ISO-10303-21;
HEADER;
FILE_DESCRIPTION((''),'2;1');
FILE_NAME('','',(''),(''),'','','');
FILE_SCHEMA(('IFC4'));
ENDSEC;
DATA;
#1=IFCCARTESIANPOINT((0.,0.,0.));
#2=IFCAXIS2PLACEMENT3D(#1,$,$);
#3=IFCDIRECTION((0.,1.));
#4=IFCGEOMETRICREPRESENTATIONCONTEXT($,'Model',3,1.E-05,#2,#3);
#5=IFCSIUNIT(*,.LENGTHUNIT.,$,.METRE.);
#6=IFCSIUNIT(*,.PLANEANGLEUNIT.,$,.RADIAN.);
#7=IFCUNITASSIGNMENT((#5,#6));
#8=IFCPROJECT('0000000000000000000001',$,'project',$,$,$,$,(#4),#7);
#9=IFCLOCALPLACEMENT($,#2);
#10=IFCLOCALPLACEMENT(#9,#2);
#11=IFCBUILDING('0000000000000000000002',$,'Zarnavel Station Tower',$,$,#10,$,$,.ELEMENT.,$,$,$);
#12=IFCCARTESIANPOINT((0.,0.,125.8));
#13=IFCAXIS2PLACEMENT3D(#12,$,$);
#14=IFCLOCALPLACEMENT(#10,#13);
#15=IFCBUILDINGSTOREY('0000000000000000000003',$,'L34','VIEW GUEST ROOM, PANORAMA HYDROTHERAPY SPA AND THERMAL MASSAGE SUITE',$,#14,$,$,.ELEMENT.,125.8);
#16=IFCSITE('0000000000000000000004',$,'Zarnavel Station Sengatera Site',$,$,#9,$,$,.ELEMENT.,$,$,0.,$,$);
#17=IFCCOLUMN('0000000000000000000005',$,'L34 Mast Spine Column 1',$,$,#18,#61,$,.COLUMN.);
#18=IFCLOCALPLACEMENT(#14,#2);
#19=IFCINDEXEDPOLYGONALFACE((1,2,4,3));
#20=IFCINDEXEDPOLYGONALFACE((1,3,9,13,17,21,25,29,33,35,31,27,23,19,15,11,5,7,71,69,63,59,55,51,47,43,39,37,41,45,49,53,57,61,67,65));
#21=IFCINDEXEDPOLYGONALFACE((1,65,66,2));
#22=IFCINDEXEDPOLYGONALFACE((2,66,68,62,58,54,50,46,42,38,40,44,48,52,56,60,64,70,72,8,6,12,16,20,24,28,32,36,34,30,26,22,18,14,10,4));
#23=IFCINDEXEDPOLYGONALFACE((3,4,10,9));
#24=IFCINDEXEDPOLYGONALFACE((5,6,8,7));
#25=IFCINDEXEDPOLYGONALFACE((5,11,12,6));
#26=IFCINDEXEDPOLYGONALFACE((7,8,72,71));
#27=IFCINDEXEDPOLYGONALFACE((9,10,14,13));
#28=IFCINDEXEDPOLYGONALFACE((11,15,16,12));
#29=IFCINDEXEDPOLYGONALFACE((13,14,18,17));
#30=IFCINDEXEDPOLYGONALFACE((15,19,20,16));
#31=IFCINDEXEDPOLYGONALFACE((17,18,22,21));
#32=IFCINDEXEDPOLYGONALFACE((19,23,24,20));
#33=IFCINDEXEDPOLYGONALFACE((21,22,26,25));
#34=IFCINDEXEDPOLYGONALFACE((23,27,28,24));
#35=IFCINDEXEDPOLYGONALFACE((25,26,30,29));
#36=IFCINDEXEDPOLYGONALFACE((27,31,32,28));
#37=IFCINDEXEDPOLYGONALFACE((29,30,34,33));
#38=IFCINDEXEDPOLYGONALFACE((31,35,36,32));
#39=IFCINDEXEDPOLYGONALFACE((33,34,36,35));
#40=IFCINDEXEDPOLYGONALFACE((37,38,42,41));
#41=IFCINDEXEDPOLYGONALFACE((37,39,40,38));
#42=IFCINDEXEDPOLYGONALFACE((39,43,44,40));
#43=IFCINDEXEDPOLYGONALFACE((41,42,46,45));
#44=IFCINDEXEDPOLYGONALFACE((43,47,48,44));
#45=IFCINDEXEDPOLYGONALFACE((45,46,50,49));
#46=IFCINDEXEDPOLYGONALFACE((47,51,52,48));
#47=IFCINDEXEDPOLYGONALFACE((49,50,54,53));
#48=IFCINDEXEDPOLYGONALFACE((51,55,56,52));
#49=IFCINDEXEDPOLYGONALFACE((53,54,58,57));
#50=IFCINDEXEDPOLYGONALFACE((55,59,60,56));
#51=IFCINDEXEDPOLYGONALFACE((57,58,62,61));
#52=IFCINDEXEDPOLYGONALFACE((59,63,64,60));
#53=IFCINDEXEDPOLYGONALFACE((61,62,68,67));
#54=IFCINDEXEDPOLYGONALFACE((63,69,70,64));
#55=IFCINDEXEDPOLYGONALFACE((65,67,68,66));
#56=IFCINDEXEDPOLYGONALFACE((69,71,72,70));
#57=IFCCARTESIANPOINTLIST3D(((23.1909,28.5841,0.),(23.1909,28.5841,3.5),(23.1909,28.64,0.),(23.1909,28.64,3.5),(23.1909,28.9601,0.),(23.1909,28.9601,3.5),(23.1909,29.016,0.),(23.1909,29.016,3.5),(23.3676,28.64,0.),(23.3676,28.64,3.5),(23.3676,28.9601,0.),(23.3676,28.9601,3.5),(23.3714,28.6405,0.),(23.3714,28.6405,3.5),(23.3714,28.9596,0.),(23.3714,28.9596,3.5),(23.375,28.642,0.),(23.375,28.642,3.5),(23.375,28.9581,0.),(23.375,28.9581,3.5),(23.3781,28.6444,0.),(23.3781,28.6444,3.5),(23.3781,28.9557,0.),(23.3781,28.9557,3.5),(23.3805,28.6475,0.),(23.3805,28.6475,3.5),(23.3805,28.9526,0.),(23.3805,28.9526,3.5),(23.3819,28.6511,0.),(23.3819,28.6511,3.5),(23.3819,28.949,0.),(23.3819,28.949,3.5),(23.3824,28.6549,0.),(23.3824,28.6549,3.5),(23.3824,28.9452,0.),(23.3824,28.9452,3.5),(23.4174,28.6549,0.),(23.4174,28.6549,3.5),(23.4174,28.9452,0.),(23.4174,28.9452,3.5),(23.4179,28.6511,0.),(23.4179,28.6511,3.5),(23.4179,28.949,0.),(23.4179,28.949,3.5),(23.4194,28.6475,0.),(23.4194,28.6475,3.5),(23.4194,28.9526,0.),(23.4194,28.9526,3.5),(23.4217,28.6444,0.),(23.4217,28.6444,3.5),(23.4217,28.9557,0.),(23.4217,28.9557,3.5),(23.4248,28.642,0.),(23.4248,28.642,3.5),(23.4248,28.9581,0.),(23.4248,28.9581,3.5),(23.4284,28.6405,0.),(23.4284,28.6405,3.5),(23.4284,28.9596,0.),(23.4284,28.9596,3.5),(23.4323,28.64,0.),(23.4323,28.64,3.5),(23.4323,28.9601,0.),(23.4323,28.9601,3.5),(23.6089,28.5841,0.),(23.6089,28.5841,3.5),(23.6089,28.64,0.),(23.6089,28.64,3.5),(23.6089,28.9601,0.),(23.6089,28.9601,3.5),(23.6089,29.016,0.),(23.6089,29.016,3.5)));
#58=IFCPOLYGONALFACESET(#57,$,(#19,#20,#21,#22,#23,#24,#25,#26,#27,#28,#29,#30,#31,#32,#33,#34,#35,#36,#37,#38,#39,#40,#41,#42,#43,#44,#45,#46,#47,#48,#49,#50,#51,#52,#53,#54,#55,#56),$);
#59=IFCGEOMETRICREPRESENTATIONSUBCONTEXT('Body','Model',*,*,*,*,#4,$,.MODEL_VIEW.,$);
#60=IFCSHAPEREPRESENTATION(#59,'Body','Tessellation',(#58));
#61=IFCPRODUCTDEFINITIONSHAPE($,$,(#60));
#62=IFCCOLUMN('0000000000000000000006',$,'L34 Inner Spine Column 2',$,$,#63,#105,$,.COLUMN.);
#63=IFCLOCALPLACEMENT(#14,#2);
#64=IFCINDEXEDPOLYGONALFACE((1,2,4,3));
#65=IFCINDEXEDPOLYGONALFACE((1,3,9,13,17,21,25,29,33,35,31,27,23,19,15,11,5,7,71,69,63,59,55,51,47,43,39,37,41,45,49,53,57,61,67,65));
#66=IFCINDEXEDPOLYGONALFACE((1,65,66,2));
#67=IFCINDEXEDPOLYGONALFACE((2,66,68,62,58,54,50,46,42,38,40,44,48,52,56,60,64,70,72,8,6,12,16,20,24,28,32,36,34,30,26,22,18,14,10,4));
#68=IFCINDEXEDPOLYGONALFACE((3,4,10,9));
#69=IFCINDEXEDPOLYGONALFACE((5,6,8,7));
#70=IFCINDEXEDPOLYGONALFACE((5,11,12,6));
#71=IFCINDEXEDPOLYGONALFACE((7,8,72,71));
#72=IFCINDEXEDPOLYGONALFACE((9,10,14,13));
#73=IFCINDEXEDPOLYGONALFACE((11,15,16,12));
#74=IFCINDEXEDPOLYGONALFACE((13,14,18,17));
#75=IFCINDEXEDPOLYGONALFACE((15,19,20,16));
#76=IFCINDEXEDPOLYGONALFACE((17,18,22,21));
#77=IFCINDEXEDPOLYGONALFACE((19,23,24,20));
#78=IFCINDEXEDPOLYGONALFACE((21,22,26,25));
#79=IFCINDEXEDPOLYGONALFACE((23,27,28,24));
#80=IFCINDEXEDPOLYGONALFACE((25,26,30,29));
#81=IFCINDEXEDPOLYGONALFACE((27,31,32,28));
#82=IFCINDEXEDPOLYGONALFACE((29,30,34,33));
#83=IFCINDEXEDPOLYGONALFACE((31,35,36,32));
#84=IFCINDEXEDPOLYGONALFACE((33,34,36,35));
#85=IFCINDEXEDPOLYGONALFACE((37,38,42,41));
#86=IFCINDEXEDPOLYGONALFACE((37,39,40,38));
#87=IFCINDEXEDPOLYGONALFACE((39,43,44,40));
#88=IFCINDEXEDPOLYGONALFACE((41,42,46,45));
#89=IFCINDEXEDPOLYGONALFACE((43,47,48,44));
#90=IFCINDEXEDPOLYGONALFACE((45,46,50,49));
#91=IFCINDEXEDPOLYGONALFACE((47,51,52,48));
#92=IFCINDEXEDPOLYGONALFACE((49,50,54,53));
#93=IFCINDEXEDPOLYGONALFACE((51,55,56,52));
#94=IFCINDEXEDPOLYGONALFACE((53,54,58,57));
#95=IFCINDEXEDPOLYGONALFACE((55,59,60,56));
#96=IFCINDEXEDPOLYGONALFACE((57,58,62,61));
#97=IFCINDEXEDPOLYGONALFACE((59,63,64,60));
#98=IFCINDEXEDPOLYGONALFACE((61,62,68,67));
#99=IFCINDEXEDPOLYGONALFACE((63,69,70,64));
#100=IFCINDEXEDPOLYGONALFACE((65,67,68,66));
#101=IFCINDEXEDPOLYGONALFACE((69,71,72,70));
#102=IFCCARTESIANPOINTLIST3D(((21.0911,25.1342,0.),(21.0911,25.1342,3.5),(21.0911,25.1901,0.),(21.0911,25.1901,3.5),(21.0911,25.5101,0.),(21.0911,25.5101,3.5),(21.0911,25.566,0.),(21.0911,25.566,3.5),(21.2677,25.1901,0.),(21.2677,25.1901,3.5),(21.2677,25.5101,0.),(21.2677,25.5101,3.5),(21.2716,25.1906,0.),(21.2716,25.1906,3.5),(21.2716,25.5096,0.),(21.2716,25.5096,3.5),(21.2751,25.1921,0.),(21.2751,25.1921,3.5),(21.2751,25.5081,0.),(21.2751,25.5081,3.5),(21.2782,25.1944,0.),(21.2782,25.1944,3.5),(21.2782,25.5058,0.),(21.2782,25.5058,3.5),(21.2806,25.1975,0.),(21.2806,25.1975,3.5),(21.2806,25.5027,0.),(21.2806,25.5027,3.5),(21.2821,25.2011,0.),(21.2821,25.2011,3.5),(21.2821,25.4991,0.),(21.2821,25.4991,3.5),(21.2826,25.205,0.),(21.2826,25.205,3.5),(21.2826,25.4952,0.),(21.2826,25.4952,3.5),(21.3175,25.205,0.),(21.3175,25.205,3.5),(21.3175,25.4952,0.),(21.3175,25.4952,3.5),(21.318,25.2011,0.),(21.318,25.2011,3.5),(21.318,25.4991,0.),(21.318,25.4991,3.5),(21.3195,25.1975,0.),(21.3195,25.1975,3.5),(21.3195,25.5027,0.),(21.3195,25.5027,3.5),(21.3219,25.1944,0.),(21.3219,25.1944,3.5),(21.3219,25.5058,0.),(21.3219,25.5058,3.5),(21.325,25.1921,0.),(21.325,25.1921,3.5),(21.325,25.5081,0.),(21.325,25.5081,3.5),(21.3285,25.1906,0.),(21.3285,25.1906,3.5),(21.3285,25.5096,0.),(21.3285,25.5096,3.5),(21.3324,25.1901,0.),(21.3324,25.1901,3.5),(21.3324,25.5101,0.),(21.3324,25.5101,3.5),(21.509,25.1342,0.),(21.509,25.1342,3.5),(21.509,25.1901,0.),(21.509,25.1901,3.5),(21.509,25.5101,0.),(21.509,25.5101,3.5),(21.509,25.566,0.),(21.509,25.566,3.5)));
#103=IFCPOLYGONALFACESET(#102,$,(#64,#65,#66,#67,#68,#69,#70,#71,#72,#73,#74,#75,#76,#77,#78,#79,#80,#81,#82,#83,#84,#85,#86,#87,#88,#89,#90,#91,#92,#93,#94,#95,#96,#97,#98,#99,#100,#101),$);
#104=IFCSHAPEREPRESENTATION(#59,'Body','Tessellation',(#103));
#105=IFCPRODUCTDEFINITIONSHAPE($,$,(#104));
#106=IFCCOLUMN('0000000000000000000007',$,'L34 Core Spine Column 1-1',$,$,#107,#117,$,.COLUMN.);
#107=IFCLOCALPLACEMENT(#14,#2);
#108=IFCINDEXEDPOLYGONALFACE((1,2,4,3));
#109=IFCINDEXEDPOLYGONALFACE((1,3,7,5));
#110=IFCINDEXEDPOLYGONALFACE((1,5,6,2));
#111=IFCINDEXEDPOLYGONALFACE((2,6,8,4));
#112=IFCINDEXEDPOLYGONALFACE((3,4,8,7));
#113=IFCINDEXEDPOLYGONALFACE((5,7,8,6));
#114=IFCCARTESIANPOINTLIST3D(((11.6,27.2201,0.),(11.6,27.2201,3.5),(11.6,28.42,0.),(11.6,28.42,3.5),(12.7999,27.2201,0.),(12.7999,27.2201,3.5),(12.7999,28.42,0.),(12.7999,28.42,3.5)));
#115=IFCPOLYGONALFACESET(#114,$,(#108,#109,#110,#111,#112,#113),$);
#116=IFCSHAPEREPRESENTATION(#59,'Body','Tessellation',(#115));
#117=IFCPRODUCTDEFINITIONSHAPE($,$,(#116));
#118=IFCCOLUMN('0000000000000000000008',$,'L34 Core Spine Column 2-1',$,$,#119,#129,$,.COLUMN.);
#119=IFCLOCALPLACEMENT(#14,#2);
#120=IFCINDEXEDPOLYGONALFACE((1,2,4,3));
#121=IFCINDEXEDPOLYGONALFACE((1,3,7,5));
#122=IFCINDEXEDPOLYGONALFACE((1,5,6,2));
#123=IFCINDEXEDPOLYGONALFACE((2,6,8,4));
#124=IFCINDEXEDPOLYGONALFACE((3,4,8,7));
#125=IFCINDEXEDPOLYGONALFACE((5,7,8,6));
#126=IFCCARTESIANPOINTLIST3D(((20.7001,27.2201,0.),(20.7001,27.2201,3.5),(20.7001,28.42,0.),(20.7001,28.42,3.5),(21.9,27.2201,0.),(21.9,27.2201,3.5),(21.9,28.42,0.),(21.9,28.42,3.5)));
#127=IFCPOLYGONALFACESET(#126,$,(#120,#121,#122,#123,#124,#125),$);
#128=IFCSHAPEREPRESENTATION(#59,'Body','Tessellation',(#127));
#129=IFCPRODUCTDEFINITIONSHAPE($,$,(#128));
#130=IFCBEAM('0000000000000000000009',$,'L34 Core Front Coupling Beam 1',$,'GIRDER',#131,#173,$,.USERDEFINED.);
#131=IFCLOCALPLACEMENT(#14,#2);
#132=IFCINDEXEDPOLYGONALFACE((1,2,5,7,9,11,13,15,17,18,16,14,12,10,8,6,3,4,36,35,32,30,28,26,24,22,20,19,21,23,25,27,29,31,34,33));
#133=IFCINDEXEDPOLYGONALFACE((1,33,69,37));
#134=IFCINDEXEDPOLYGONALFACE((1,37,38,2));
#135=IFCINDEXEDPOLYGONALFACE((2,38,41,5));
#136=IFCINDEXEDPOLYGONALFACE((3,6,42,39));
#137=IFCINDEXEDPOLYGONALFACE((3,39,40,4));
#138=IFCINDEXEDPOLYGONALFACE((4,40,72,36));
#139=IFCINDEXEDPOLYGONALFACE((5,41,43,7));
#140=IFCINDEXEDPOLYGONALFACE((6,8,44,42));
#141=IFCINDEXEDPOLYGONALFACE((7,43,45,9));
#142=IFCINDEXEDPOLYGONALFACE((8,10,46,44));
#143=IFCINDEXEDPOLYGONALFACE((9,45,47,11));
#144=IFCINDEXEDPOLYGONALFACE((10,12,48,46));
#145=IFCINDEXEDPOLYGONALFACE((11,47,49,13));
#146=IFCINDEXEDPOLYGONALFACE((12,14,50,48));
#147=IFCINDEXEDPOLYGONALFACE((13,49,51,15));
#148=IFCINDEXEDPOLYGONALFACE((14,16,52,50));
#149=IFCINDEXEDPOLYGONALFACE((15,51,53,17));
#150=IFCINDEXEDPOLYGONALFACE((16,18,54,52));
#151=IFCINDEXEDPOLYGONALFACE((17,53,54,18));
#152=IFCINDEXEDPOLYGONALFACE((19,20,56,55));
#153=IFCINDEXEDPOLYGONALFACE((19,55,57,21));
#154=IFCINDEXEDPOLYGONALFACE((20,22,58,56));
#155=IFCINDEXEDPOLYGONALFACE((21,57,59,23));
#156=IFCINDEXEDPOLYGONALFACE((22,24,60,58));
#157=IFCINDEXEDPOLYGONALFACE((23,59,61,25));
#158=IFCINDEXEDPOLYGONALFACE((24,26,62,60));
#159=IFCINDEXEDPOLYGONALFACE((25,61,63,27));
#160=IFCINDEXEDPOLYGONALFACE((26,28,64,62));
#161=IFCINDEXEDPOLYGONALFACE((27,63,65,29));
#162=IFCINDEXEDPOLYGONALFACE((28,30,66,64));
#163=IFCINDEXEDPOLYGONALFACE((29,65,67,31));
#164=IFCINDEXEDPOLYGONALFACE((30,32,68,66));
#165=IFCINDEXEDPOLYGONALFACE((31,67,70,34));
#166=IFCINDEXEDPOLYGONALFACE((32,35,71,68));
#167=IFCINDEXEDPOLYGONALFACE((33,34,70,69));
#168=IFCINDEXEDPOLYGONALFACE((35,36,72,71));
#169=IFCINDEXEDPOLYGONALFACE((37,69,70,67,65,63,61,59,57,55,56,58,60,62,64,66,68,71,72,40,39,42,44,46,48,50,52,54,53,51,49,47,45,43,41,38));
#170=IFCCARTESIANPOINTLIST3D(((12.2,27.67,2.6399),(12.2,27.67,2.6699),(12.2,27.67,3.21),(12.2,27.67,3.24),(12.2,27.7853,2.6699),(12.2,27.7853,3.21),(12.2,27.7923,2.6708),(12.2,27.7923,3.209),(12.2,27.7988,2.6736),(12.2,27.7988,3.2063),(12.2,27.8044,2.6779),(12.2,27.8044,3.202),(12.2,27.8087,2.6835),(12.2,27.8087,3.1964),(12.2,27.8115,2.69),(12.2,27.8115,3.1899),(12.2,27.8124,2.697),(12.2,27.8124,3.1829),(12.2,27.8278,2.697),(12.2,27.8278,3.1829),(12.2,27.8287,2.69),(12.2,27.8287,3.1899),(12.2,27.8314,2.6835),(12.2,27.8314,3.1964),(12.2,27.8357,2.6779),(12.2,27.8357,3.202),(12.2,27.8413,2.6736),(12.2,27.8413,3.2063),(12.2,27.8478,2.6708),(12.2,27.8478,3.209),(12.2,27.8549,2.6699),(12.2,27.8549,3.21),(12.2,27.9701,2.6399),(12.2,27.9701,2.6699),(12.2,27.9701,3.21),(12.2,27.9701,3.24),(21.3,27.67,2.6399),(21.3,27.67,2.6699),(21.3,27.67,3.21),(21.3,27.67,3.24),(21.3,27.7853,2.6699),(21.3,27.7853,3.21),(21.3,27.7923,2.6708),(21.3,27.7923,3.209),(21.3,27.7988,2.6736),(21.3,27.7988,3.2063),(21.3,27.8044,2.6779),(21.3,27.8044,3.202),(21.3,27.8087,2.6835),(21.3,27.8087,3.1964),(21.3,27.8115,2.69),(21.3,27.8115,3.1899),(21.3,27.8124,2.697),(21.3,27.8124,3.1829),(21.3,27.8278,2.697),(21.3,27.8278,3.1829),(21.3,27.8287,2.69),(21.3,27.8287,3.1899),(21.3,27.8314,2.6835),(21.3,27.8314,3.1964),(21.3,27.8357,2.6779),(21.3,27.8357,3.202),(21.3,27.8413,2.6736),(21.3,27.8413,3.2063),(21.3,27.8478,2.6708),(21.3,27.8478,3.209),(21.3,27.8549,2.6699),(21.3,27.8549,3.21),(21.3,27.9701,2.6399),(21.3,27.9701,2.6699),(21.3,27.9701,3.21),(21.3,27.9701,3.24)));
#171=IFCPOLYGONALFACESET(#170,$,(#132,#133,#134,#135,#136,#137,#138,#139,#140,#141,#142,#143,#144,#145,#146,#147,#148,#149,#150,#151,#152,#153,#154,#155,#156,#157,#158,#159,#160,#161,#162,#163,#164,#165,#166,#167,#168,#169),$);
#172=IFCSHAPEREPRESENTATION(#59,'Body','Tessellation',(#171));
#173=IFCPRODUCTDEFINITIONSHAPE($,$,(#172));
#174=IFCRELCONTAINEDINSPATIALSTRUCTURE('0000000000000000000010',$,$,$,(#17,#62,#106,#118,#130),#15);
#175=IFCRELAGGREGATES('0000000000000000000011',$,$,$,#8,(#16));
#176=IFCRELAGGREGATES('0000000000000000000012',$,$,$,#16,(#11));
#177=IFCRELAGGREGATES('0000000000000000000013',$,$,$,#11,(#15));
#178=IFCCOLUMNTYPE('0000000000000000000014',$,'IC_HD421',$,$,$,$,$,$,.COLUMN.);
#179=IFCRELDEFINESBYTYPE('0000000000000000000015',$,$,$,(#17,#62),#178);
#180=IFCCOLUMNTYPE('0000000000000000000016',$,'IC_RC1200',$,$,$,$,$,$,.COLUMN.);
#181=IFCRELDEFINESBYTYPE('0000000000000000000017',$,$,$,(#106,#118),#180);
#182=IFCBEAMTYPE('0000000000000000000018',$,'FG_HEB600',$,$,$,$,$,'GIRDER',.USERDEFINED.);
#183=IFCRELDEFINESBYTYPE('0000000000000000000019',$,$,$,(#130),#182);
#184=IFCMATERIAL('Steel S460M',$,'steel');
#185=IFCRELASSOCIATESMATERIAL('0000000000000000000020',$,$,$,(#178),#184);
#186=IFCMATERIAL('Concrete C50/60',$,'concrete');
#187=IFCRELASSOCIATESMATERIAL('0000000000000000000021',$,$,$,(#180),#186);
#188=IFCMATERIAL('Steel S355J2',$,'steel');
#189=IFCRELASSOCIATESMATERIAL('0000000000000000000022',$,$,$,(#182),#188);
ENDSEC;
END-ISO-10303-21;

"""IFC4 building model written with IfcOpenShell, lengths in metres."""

from ifc_helpers import new_model, si_unit, direction, frame, origin, origin_2d, place, context, subcontext, project, spatial, rectangle, i_section, extrude, material, material_profile, profile_set, type_object, element, save


model = new_model("IFC4")

# Units and contexts
model_context = context("Model", 3, precision=1e-05, world=origin(), true_north=direction((0.0, 1.0)))
body_context = subcontext(model_context, "Body", "Model", "MODEL_VIEW")
ifc_project = project(units=[si_unit("LENGTHUNIT", "METRE"), si_unit("PLANEANGLEUNIT", "RADIAN")], contexts=[model_context])

# Site, building, storey
site_placement = place(None, origin())
site = spatial("IfcSite", under=ifc_project, at=site_placement, Name="Zarnavel Station Sengatera Site", CompositionType="ELEMENT", RefElevation=0.0)
building_placement = place(site_placement, origin())
building = spatial("IfcBuilding", under=site, at=building_placement, Name="Zarnavel Station Tower", CompositionType="ELEMENT")
storey_placement = place(building_placement, frame((0.0, 0.0, 125.8)))
storey = spatial("IfcBuildingStorey", under=building, at=storey_placement, Name="L34", Description="VIEW GUEST ROOM, PANORAMA HYDROTHERAPY SPA AND THERMAL MASSAGE SUITE", CompositionType="ELEMENT", Elevation=125.8)

# Columns
ifc_material_1 = material(Name="Steel S460M", Category="steel")
ifc_material_profile_1 = material_profile(ifc_material_1, i_section(OverallWidth=0.418, OverallDepth=0.4319, WebThickness=0.0349, FlangeThickness=0.0559, FilletRadius=0.0149, at=origin_2d()), Name="HD400x421")
ifc_profile_set_1 = profile_set([ifc_material_profile_1], Name="Steel S460M")
column_type_1 = type_object("IfcColumnType", Name="IC_HD421", PredefinedType="COLUMN", material=ifc_profile_set_1)
for number, where, z_axis, x_axis, name in (
    (1, (23.3999, 28.8, 0.0), (0.0, 0.0, 1.0), (1.0, 0.0, 0.0), "L34 Mast Spine Column 1"),
    (2, (21.3, 25.3501, 0.0), (0.0, 0.0, 1.0), (1.0, 0.0, 0.0), "L34 Inner Spine Column 2"),
):
    element("IfcColumn", number, at=place(storey_placement, frame(where, z_axis=z_axis, x_axis=x_axis)), inside=storey, type_object=column_type_1, Name=name, PredefinedType="COLUMN", context=body_context, shape_type="SweptSolid", body=[
        extrude(i_section(OverallWidth=0.418, OverallDepth=0.4319, WebThickness=0.0349, FlangeThickness=0.0559, FilletRadius=0.0149, at=origin_2d()), origin(), (0.0, 0.0, 1.0), 3.5),
    ])
ifc_material_2 = material(Name="Concrete C50/60", Category="concrete")
ifc_material_profile_2 = material_profile(ifc_material_2, rectangle(XDim=1.2, YDim=1.2, at=origin_2d()), Name="RC1200x1200")
ifc_profile_set_2 = profile_set([ifc_material_profile_2], Name="Concrete C50/60")
column_type_2 = type_object("IfcColumnType", Name="IC_RC1200", PredefinedType="COLUMN", material=ifc_profile_set_2)
for number, where, z_axis, x_axis, name in (
    (3, (12.2, 27.8201, 0.0), (0.0, 0.0, 1.0), (1.0, 0.0, 0.0), "L34 Core Spine Column 1-1"),
    (4, (21.3, 27.8201, 0.0), (0.0, 0.0, 1.0), (1.0, 0.0, 0.0), "L34 Core Spine Column 2-1"),
):
    element("IfcColumn", number, at=place(storey_placement, frame(where, z_axis=z_axis, x_axis=x_axis)), inside=storey, type_object=column_type_2, Name=name, PredefinedType="COLUMN", context=body_context, shape_type="SweptSolid", body=[
        extrude(rectangle(XDim=1.2, YDim=1.2, at=origin_2d()), origin(), (0.0, 0.0, 1.0), 3.5),
    ])

# Beam
ifc_material_3 = material(Name="Steel S355J2", Category="steel")
ifc_material_profile_3 = material_profile(ifc_material_3, i_section(OverallWidth=0.3, OverallDepth=0.6001, WebThickness=0.0154, FlangeThickness=0.03, FilletRadius=0.0271, at=origin_2d()), Name="HEB600")
ifc_profile_set_3 = profile_set([ifc_material_profile_3], Name="Steel S355J2")
beam_type_1 = type_object("IfcBeamType", Name="FG_HEB600", ElementType="GIRDER", PredefinedType="USERDEFINED", material=ifc_profile_set_3)
beam_1_placement = place(storey_placement, frame((12.2, 27.8201, 2.9399), z_axis=(1.0, 0.0, 0.0), x_axis=(0.0, 1.0, 0.0)))
element("IfcBeam", 5, at=beam_1_placement, inside=storey, type_object=beam_type_1, Name="L34 Core Front Coupling Beam 1", ObjectType="GIRDER", PredefinedType="USERDEFINED", context=body_context, shape_type="SweptSolid", body=[
    extrude(i_section(OverallWidth=0.3, OverallDepth=0.6001, WebThickness=0.0154, FlangeThickness=0.03, FilletRadius=0.0271, at=origin_2d()), origin(), (0.0, 0.0, 1.0), 9.1001),
])

save(model, "model.ifc")
